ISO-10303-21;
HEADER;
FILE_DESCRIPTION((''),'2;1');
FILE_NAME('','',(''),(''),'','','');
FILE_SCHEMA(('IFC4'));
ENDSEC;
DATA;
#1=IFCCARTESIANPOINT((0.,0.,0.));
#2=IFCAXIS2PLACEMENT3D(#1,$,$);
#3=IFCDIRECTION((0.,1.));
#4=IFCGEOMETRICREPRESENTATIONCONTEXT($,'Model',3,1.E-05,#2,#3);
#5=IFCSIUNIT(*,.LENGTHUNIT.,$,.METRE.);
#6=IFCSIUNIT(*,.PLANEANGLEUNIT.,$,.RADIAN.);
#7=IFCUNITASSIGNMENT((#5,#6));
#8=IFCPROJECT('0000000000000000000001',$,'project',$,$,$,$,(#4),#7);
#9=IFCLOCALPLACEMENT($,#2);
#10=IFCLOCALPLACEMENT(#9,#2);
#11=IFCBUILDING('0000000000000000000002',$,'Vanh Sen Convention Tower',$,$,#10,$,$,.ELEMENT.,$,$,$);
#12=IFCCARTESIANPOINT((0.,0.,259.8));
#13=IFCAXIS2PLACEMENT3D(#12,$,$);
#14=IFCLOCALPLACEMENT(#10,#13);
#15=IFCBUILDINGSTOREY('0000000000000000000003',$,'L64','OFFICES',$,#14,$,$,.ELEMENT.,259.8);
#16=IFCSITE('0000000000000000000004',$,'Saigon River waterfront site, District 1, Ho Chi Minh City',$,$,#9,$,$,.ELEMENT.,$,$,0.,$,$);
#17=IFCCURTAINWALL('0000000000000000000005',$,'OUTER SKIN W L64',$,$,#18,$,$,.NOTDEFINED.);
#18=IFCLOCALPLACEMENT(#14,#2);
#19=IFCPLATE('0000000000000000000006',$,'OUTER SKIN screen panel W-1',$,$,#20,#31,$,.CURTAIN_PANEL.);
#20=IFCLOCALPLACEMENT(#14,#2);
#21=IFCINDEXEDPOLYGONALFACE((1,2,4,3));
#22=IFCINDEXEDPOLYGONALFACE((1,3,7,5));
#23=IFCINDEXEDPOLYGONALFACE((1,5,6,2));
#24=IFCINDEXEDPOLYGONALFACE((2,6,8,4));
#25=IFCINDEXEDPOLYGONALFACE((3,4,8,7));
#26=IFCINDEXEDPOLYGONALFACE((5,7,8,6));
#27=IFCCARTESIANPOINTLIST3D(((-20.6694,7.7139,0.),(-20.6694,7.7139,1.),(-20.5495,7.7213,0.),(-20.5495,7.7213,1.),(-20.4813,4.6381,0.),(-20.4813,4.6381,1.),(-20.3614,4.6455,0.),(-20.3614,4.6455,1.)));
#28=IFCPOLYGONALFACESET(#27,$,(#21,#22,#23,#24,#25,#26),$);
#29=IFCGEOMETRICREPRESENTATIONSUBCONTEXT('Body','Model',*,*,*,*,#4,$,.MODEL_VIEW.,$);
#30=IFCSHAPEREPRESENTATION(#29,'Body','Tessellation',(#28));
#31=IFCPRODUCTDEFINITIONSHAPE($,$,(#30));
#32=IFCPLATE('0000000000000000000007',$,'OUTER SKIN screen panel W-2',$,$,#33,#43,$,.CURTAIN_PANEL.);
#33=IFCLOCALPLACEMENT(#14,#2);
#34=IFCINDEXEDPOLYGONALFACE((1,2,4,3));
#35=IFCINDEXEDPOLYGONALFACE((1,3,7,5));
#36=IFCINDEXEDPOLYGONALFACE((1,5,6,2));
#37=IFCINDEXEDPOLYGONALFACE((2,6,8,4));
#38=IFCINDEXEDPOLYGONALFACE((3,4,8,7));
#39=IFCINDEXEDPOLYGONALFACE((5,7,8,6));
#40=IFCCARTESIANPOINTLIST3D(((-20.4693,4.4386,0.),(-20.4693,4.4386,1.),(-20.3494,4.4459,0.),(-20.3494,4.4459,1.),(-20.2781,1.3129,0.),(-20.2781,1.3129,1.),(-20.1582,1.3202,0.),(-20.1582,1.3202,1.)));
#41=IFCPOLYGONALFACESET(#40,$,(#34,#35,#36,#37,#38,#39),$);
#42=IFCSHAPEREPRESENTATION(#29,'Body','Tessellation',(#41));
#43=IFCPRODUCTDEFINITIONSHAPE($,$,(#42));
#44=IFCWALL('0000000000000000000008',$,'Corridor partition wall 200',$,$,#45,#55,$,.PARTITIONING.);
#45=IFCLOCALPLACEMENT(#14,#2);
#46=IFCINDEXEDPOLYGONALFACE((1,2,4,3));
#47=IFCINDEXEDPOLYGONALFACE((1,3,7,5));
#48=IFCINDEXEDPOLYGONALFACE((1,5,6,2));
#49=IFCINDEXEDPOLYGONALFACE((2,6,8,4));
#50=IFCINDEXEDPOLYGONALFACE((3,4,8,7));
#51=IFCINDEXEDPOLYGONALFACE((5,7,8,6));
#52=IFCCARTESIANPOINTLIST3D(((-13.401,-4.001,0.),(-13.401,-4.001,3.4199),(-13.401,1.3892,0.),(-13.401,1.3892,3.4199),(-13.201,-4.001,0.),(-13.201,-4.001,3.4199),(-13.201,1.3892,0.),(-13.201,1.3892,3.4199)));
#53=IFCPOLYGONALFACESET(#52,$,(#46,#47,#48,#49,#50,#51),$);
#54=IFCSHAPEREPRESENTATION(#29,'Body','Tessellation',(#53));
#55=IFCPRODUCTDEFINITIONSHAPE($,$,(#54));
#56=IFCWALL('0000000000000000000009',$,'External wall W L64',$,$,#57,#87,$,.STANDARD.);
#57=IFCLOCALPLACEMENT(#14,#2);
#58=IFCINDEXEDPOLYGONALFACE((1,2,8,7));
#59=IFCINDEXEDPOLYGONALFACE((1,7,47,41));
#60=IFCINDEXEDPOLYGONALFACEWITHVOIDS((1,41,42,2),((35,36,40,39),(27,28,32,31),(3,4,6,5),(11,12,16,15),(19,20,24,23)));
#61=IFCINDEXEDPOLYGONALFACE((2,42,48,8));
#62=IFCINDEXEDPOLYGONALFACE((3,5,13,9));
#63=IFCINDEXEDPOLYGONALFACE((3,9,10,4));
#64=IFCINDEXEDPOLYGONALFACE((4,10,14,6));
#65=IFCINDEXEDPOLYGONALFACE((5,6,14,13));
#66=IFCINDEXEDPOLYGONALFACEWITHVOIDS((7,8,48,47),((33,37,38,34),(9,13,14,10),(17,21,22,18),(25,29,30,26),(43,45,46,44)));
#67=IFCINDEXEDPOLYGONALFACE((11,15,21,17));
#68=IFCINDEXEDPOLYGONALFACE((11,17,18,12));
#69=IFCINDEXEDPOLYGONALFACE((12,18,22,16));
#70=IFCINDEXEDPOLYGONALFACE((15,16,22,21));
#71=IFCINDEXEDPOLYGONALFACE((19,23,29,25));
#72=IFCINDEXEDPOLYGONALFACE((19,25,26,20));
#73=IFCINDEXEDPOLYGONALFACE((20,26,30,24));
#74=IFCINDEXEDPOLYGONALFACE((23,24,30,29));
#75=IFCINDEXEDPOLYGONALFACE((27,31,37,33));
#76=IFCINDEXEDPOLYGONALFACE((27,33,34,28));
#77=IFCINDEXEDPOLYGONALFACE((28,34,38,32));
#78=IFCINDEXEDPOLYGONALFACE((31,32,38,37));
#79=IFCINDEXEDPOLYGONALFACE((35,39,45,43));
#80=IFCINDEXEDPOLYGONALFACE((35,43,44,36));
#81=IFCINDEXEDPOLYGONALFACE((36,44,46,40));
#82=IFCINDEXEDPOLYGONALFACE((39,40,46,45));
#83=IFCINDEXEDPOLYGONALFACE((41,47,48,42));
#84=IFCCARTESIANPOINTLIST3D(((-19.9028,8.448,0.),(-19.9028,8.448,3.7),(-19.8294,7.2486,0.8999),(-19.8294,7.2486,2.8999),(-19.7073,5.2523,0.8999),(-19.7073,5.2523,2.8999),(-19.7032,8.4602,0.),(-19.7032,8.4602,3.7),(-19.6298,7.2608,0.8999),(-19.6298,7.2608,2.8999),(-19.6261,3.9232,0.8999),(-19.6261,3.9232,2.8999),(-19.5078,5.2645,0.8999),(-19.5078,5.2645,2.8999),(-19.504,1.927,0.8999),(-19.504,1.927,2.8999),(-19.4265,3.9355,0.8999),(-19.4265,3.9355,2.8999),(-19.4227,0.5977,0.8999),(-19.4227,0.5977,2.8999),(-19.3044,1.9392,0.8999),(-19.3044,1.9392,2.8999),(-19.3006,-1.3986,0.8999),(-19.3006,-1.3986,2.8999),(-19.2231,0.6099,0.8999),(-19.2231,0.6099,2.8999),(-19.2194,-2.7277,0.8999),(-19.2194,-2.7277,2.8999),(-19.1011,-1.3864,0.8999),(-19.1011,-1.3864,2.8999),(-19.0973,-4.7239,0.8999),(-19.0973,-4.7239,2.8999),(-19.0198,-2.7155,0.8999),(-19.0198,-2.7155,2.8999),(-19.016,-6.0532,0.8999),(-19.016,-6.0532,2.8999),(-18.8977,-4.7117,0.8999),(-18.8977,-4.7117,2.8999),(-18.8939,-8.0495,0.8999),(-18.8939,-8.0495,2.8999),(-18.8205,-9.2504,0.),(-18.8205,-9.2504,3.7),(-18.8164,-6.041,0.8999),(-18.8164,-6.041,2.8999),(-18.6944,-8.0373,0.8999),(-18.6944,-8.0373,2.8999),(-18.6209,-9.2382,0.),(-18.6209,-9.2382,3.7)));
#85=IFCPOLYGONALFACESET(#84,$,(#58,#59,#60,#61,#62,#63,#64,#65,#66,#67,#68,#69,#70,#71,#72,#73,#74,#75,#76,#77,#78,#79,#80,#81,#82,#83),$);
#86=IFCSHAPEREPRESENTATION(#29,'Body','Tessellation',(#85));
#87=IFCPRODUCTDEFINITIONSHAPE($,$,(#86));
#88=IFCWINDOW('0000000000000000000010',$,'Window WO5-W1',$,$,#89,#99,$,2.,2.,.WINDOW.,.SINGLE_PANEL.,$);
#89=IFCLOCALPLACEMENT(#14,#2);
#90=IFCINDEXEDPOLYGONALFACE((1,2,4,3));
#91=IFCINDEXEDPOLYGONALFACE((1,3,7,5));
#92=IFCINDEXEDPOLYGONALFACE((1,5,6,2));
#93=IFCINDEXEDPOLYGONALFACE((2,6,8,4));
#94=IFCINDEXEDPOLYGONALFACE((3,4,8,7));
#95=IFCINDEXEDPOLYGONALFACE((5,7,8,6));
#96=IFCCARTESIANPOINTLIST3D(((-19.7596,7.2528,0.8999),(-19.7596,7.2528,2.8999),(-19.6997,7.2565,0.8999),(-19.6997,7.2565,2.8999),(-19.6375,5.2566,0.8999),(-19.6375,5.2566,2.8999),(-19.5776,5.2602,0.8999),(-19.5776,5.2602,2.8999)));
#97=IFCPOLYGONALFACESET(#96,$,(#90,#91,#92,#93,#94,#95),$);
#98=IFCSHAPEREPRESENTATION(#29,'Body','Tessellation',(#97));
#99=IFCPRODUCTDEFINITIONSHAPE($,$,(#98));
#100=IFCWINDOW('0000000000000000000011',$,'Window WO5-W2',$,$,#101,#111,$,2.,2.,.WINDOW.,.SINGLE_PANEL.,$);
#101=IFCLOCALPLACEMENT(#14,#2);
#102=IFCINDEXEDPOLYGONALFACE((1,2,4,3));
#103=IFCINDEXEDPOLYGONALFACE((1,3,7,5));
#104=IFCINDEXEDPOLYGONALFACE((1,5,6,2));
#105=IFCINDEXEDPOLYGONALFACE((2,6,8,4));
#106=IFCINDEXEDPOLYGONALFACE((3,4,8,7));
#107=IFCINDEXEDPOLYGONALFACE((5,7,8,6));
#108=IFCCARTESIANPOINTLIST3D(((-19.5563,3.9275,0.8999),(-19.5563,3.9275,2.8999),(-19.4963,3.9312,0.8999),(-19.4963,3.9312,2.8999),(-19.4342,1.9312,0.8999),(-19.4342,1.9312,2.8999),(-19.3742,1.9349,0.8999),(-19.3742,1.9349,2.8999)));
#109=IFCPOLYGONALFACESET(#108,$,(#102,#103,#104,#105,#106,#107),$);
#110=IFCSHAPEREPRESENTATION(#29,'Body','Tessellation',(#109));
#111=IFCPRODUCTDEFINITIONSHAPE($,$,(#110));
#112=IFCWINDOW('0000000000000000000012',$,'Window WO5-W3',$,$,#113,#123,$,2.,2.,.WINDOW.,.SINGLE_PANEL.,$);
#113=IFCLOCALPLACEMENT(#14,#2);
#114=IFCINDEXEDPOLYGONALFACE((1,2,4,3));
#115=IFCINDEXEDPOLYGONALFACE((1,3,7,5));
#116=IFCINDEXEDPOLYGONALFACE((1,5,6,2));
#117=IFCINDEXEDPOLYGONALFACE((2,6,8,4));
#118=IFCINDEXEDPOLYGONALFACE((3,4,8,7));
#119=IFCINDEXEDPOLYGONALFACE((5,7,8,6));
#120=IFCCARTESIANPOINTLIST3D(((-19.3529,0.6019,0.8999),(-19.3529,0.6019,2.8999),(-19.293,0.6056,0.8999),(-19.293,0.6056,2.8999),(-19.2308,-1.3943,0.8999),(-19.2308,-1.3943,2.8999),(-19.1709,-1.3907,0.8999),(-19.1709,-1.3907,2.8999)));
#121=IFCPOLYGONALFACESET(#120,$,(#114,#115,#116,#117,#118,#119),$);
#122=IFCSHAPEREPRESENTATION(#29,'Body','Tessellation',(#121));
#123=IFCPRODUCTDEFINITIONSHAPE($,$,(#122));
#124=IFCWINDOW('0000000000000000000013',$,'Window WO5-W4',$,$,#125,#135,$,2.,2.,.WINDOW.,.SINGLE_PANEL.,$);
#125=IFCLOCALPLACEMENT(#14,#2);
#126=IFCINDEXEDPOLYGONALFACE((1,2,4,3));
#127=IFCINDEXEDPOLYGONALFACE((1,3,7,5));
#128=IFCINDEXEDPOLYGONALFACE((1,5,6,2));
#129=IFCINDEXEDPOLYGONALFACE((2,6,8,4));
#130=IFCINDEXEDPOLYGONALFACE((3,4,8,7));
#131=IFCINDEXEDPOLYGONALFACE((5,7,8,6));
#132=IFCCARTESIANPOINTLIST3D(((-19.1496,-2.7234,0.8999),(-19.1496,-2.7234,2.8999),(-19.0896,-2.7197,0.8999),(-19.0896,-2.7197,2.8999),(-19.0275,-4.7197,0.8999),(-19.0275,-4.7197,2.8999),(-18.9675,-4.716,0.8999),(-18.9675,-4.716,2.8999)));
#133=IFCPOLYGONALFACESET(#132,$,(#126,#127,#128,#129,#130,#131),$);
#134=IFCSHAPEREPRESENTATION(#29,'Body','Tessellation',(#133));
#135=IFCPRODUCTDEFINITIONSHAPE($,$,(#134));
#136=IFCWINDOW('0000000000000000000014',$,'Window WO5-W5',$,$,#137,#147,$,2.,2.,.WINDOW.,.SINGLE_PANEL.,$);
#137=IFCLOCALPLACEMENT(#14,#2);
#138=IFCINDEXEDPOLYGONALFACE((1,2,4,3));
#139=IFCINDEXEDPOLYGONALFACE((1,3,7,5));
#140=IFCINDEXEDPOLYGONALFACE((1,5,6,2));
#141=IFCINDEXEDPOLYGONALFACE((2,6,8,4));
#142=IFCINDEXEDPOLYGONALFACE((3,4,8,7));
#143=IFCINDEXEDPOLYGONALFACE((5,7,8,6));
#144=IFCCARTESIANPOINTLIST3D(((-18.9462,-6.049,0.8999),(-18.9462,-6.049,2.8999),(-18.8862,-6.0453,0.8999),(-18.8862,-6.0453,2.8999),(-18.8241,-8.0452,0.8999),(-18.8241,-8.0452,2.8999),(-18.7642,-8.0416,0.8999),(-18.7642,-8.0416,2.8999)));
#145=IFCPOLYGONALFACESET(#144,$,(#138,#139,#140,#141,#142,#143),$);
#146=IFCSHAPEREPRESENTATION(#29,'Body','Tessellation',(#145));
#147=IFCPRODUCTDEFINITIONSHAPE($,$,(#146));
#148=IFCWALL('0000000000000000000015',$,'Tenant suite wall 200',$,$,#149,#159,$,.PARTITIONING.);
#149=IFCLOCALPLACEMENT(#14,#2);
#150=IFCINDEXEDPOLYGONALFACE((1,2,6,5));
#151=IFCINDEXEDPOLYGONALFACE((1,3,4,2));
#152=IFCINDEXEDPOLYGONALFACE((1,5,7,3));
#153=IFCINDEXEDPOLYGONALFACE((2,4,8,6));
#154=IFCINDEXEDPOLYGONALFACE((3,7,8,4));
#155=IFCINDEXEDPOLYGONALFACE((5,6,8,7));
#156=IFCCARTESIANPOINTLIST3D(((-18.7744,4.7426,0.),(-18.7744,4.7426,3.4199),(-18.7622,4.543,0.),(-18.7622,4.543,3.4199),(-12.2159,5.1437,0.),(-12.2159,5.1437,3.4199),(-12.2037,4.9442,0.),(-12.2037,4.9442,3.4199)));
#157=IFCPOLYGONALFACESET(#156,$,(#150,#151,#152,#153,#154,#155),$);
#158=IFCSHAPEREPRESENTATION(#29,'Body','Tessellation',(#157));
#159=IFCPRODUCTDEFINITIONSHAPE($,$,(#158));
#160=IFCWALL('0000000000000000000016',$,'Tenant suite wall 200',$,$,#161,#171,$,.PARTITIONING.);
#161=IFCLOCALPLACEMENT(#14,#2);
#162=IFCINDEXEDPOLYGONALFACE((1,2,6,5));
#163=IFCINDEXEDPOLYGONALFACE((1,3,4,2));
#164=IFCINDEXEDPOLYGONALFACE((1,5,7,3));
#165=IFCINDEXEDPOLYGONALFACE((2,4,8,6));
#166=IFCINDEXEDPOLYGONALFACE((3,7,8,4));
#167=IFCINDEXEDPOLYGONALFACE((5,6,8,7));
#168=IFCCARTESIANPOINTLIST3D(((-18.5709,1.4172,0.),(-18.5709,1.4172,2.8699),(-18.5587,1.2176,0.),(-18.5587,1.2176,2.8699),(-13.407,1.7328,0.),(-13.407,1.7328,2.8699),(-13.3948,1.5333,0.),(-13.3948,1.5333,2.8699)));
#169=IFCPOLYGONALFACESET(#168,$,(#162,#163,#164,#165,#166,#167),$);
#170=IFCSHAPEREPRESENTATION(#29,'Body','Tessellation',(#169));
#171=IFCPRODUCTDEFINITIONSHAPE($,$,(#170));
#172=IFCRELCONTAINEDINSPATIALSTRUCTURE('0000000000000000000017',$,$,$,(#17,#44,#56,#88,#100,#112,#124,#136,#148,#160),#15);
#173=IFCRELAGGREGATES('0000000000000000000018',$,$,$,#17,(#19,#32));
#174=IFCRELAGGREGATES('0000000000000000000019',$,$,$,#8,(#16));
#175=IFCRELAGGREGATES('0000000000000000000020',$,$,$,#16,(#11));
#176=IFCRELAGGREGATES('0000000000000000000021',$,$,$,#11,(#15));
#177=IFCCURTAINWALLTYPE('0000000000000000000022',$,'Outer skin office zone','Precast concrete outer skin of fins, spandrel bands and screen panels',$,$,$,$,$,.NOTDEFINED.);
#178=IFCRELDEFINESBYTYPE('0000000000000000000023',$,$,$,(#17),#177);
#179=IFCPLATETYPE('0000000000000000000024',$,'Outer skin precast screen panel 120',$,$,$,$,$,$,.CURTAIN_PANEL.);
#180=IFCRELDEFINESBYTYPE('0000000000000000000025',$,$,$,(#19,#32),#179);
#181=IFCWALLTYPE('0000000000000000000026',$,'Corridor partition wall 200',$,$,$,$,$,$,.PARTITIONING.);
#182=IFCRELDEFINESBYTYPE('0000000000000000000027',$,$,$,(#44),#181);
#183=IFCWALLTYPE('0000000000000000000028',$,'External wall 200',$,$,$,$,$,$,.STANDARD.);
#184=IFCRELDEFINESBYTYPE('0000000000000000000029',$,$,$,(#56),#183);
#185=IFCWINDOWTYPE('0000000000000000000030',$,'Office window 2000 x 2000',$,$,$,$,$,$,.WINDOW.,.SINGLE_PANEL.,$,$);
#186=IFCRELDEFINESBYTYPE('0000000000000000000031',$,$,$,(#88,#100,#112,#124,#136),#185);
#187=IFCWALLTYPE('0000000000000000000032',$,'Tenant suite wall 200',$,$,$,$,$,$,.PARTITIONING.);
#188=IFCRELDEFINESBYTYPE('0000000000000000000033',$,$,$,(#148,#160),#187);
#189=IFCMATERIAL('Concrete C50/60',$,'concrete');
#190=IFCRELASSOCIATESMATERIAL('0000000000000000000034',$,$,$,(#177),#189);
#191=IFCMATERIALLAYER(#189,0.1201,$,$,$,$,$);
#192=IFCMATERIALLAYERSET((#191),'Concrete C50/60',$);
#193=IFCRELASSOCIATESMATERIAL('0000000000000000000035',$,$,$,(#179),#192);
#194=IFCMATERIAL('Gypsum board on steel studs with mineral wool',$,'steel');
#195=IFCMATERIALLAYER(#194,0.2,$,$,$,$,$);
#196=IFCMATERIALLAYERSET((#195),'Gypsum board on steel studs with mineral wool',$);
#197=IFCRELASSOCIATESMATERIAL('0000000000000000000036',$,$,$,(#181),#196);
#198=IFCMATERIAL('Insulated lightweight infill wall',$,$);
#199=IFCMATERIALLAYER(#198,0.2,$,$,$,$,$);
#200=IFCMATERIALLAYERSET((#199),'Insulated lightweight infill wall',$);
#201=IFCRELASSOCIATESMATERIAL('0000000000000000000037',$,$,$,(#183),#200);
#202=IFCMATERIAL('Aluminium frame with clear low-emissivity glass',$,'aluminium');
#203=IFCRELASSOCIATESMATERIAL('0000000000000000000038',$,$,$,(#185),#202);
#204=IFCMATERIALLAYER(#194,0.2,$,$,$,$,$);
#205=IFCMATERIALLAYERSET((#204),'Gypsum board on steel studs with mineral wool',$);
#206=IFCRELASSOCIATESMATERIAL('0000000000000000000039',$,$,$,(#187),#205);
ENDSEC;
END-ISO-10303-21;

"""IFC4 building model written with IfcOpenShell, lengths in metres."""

from ifc_helpers import new_model, si_unit, direction, frame, frame_2d, origin, origin_2d, place, context, subcontext, project, spatial, rectangle, extrude, material, layer, layer_set, type_object, element, fill, aggregate, save


model = new_model("IFC4")

# Units and contexts
model_context = context("Model", 3, precision=1e-05, world=origin(), true_north=direction((0.0, 1.0)))
body_context = subcontext(model_context, "Body", "Model", "MODEL_VIEW")
ifc_project = project(units=[si_unit("LENGTHUNIT", "METRE"), si_unit("PLANEANGLEUNIT", "RADIAN")], contexts=[model_context])

# Site, building, storey
site_placement = place(None, origin())
site = spatial("IfcSite", under=ifc_project, at=site_placement, Name="Saigon River waterfront site, District 1, Ho Chi Minh City", CompositionType="ELEMENT", RefElevation=0.0)
building_placement = place(site_placement, origin())
building = spatial("IfcBuilding", under=site, at=building_placement, Name="Vanh Sen Convention Tower", CompositionType="ELEMENT")
storey_placement = place(building_placement, frame((0.0, 0.0, 259.8)))
storey = spatial("IfcBuildingStorey", under=building, at=storey_placement, Name="L64", Description="OFFICES", CompositionType="ELEMENT", Elevation=259.8)

# Curtain wall
ifc_material_1 = material(Name="Concrete C50/60", Category="concrete")
curtain_wall_type = type_object("IfcCurtainWallType", Name="Outer skin office zone", Description="Precast concrete outer skin of fins, spandrel bands and screen panels", PredefinedType="NOTDEFINED", material=ifc_material_1)
curtain_wall_placement = place(storey_placement, origin())
curtain_wall = element("IfcCurtainWall", 1, at=curtain_wall_placement, inside=storey, type_object=curtain_wall_type, Name="OUTER SKIN W L64", PredefinedType="NOTDEFINED")

# Plates
ifc_layer_1 = layer(ifc_material_1, 0.1201)
ifc_layer_set_1 = layer_set([ifc_layer_1], Name="Concrete C50/60")
plate_type = type_object("IfcPlateType", Name="Outer skin precast screen panel 120", PredefinedType="CURTAIN_PANEL", material=ifc_layer_set_1)
plate_1_placement = place(storey_placement, frame((-20.5154, 6.1797, 0.0), z_axis=(0.0, 0.0, 1.0), x_axis=(0.061052, -0.998135, 0.0)))
plate_1 = element("IfcPlate", 2, at=plate_1_placement, type_object=plate_type, Name="OUTER SKIN screen panel W-1", PredefinedType="CURTAIN_PANEL", context=body_context, shape_type="SweptSolid", body=[
    extrude(rectangle(XDim=3.0815, YDim=0.1201, at=origin_2d()), origin(), (0.0, 0.0, 1.0), 1.0),
])
plate_2_placement = place(storey_placement, frame((-20.3137, 2.8794, 0.0), z_axis=(0.0, 0.0, 1.0), x_axis=(0.06105, -0.998135, 0.0)))
plate_2 = element("IfcPlate", 3, at=plate_2_placement, type_object=plate_type, Name="OUTER SKIN screen panel W-2", PredefinedType="CURTAIN_PANEL", context=body_context, shape_type="SweptSolid", body=[
    extrude(rectangle(XDim=3.1316, YDim=0.1201, at=origin_2d()), origin(), (0.0, 0.0, 1.0), 1.0),
])
aggregate(curtain_wall, [plate_1, plate_2])

# Wall
ifc_material_2 = material(Name="Gypsum board on steel studs with mineral wool", Category="steel")
ifc_layer_2 = layer(ifc_material_2, 0.2)
ifc_layer_set_2 = layer_set([ifc_layer_2], Name="Gypsum board on steel studs with mineral wool")
wall_type_1 = type_object("IfcWallType", Name="Corridor partition wall 200", PredefinedType="PARTITIONING", material=ifc_layer_set_2)
wall_1_placement = place(storey_placement, frame((-13.301, 1.3892, 0.0), z_axis=(0.0, 0.0, 1.0), x_axis=(0.0, -1.0, 0.0)))
element("IfcWall", 4, at=wall_1_placement, inside=storey, type_object=wall_type_1, Name="Corridor partition wall 200", PredefinedType="PARTITIONING", context=body_context, shape_type="SweptSolid", body=[
    extrude(rectangle(XDim=5.3901, YDim=0.2, at=frame_2d((2.6951, 0.0))), origin(), (0.0, 0.0, 1.0), 3.4199),
])

# Wall, openings, windows
ifc_material_3 = material(Name="Insulated lightweight infill wall")
ifc_layer_3 = layer(ifc_material_3, 0.2)
ifc_layer_set_3 = layer_set([ifc_layer_3], Name="Insulated lightweight infill wall")
wall_type_2 = type_object("IfcWallType", Name="External wall 200", PredefinedType="STANDARD", material=ifc_layer_set_3)
wall_2_placement = place(storey_placement, frame((-19.803, 8.4541, 0.0), z_axis=(0.0, 0.0, 1.0), x_axis=(0.061037, -0.998136, 0.0)))
wall_2 = element("IfcWall", 5, at=wall_2_placement, inside=storey, type_object=wall_type_2, Name="External wall W L64", PredefinedType="STANDARD", context=body_context, shape_type="SweptSolid", body=[
    extrude(rectangle(XDim=17.7314, YDim=0.2, at=frame_2d((8.8657, 0.0))), origin(), (0.0, 0.0, 1.0), 3.7),
])
opening_1_placement = place(wall_2_placement, frame((1.2017, 0.0, 0.8999)))
opening_1 = element("IfcOpeningElement", 6, at=opening_1_placement, cuts=wall_2, PredefinedType="OPENING", context=body_context, shape_type="SweptSolid", body=[
    extrude(rectangle(XDim=2.0, YDim=2.0, at=frame_2d((1.0, 1.0))), frame((0.0, 0.1099, 0.0), z_axis=(0.0, -1.0, 0.0), x_axis=(1.0, 0.0, 0.0)), (0.0, 0.0, 1.0), 0.22),
])
opening_2_placement = place(wall_2_placement, frame((4.5332, 0.0, 0.8999)))
opening_2 = element("IfcOpeningElement", 7, at=opening_2_placement, cuts=wall_2, PredefinedType="OPENING", context=body_context, shape_type="SweptSolid", body=[
    extrude(rectangle(XDim=2.0, YDim=2.0, at=frame_2d((1.0, 1.0))), frame((0.0, 0.1099, 0.0), z_axis=(0.0, -1.0, 0.0), x_axis=(1.0, 0.0, 0.0)), (0.0, 0.0, 1.0), 0.22),
])
opening_3_placement = place(wall_2_placement, frame((7.865, 0.0, 0.8999)))
opening_3 = element("IfcOpeningElement", 8, at=opening_3_placement, cuts=wall_2, PredefinedType="OPENING", context=body_context, shape_type="SweptSolid", body=[
    extrude(rectangle(XDim=2.0, YDim=2.0, at=frame_2d((1.0, 1.0))), frame((0.0, 0.1099, 0.0), z_axis=(0.0, -1.0, 0.0), x_axis=(1.0, 0.0, 0.0)), (0.0, 0.0, 1.0), 0.22),
])
opening_4_placement = place(wall_2_placement, frame((11.1965, 0.0, 0.8999)))
opening_4 = element("IfcOpeningElement", 9, at=opening_4_placement, cuts=wall_2, PredefinedType="OPENING", context=body_context, shape_type="SweptSolid", body=[
    extrude(rectangle(XDim=2.0, YDim=2.0, at=frame_2d((1.0, 1.0))), frame((0.0, 0.1099, 0.0), z_axis=(0.0, -1.0, 0.0), x_axis=(1.0, 0.0, 0.0)), (0.0, 0.0, 1.0), 0.22),
])
opening_5_placement = place(wall_2_placement, frame((14.5283, 0.0, 0.8999)))
opening_5 = element("IfcOpeningElement", 10, at=opening_5_placement, cuts=wall_2, PredefinedType="OPENING", context=body_context, shape_type="SweptSolid", body=[
    extrude(rectangle(XDim=2.0, YDim=2.0, at=frame_2d((1.0, 1.0))), frame((0.0, 0.1099, 0.0), z_axis=(0.0, -1.0, 0.0), x_axis=(1.0, 0.0, 0.0)), (0.0, 0.0, 1.0), 0.22),
])
ifc_material_4 = material(Name="Aluminium frame with clear low-emissivity glass", Category="aluminium")
window_type = type_object("IfcWindowType", Name="Office window 2000 x 2000", PartitioningType="SINGLE_PANEL", PredefinedType="WINDOW", material=ifc_material_4)
window_1_placement = place(opening_1_placement, origin())
window_1 = element("IfcWindow", 11, at=window_1_placement, inside=storey, type_object=window_type, Name="Window WO5-W1", OverallHeight=2.0, OverallWidth=2.0, PartitioningType="SINGLE_PANEL", PredefinedType="WINDOW", context=body_context, shape_type="SweptSolid", body=[
    extrude(rectangle(XDim=2.0, YDim=2.0, at=frame_2d((1.0, 1.0))), frame((0.0, 0.03, 0.0), z_axis=(0.0, -1.0, 0.0), x_axis=(1.0, 0.0, 0.0)), (0.0, 0.0, 1.0), 0.0601),
])
fill(opening_1, window_1)
window_2_placement = place(opening_2_placement, origin())
window_2 = element("IfcWindow", 12, at=window_2_placement, inside=storey, type_object=window_type, Name="Window WO5-W2", OverallHeight=2.0, OverallWidth=2.0, PartitioningType="SINGLE_PANEL", PredefinedType="WINDOW", context=body_context, shape_type="SweptSolid", body=[
    extrude(rectangle(XDim=2.0, YDim=2.0, at=frame_2d((1.0, 1.0))), frame((0.0, 0.03, 0.0), z_axis=(0.0, -1.0, 0.0), x_axis=(1.0, 0.0, 0.0)), (0.0, 0.0, 1.0), 0.0601),
])
fill(opening_2, window_2)
window_3_placement = place(opening_3_placement, origin())
window_3 = element("IfcWindow", 13, at=window_3_placement, inside=storey, type_object=window_type, Name="Window WO5-W3", OverallHeight=2.0, OverallWidth=2.0, PartitioningType="SINGLE_PANEL", PredefinedType="WINDOW", context=body_context, shape_type="SweptSolid", body=[
    extrude(rectangle(XDim=2.0, YDim=2.0, at=frame_2d((1.0, 1.0))), frame((0.0, 0.03, 0.0), z_axis=(0.0, -1.0, 0.0), x_axis=(1.0, 0.0, 0.0)), (0.0, 0.0, 1.0), 0.0601),
])
fill(opening_3, window_3)
window_4_placement = place(opening_4_placement, origin())
window_4 = element("IfcWindow", 14, at=window_4_placement, inside=storey, type_object=window_type, Name="Window WO5-W4", OverallHeight=2.0, OverallWidth=2.0, PartitioningType="SINGLE_PANEL", PredefinedType="WINDOW", context=body_context, shape_type="SweptSolid", body=[
    extrude(rectangle(XDim=2.0, YDim=2.0, at=frame_2d((1.0, 1.0))), frame((0.0, 0.03, 0.0), z_axis=(0.0, -1.0, 0.0), x_axis=(1.0, 0.0, 0.0)), (0.0, 0.0, 1.0), 0.0601),
])
fill(opening_4, window_4)
window_5_placement = place(opening_5_placement, origin())
window_5 = element("IfcWindow", 15, at=window_5_placement, inside=storey, type_object=window_type, Name="Window WO5-W5", OverallHeight=2.0, OverallWidth=2.0, PartitioningType="SINGLE_PANEL", PredefinedType="WINDOW", context=body_context, shape_type="SweptSolid", body=[
    extrude(rectangle(XDim=2.0, YDim=2.0, at=frame_2d((1.0, 1.0))), frame((0.0, 0.03, 0.0), z_axis=(0.0, -1.0, 0.0), x_axis=(1.0, 0.0, 0.0)), (0.0, 0.0, 1.0), 0.0601),
])
fill(opening_5, window_5)

# Walls
ifc_layer_4 = layer(ifc_material_2, 0.2)
ifc_layer_set_4 = layer_set([ifc_layer_4], Name="Gypsum board on steel studs with mineral wool")
wall_type_3 = type_object("IfcWallType", Name="Tenant suite wall 200", PredefinedType="PARTITIONING", material=ifc_layer_set_4)
wall_3_placement = place(storey_placement, frame((-18.7683, 4.6428, 0.0), z_axis=(0.0, 0.0, 1.0), x_axis=(0.998135, 0.061046, 0.0)))
element("IfcWall", 16, at=wall_3_placement, inside=storey, type_object=wall_type_3, Name="Tenant suite wall 200", PredefinedType="PARTITIONING", context=body_context, shape_type="SweptSolid", body=[
    extrude(rectangle(XDim=6.5708, YDim=0.2, at=frame_2d((3.2854, 0.0))), origin(), (0.0, 0.0, 1.0), 3.4199),
])
wall_4_placement = place(storey_placement, frame((-18.5649, 1.3174, 0.0), z_axis=(0.0, 0.0, 1.0), x_axis=(0.998137, 0.061015, 0.0)))
element("IfcWall", 17, at=wall_4_placement, inside=storey, type_object=wall_type_3, Name="Tenant suite wall 200", PredefinedType="PARTITIONING", context=body_context, shape_type="SweptSolid", body=[
    extrude(rectangle(XDim=5.1736, YDim=0.2, at=frame_2d((2.5869, 0.0))), origin(), (0.0, 0.0, 1.0), 2.8699),
])

save(model, "model.ifc")
